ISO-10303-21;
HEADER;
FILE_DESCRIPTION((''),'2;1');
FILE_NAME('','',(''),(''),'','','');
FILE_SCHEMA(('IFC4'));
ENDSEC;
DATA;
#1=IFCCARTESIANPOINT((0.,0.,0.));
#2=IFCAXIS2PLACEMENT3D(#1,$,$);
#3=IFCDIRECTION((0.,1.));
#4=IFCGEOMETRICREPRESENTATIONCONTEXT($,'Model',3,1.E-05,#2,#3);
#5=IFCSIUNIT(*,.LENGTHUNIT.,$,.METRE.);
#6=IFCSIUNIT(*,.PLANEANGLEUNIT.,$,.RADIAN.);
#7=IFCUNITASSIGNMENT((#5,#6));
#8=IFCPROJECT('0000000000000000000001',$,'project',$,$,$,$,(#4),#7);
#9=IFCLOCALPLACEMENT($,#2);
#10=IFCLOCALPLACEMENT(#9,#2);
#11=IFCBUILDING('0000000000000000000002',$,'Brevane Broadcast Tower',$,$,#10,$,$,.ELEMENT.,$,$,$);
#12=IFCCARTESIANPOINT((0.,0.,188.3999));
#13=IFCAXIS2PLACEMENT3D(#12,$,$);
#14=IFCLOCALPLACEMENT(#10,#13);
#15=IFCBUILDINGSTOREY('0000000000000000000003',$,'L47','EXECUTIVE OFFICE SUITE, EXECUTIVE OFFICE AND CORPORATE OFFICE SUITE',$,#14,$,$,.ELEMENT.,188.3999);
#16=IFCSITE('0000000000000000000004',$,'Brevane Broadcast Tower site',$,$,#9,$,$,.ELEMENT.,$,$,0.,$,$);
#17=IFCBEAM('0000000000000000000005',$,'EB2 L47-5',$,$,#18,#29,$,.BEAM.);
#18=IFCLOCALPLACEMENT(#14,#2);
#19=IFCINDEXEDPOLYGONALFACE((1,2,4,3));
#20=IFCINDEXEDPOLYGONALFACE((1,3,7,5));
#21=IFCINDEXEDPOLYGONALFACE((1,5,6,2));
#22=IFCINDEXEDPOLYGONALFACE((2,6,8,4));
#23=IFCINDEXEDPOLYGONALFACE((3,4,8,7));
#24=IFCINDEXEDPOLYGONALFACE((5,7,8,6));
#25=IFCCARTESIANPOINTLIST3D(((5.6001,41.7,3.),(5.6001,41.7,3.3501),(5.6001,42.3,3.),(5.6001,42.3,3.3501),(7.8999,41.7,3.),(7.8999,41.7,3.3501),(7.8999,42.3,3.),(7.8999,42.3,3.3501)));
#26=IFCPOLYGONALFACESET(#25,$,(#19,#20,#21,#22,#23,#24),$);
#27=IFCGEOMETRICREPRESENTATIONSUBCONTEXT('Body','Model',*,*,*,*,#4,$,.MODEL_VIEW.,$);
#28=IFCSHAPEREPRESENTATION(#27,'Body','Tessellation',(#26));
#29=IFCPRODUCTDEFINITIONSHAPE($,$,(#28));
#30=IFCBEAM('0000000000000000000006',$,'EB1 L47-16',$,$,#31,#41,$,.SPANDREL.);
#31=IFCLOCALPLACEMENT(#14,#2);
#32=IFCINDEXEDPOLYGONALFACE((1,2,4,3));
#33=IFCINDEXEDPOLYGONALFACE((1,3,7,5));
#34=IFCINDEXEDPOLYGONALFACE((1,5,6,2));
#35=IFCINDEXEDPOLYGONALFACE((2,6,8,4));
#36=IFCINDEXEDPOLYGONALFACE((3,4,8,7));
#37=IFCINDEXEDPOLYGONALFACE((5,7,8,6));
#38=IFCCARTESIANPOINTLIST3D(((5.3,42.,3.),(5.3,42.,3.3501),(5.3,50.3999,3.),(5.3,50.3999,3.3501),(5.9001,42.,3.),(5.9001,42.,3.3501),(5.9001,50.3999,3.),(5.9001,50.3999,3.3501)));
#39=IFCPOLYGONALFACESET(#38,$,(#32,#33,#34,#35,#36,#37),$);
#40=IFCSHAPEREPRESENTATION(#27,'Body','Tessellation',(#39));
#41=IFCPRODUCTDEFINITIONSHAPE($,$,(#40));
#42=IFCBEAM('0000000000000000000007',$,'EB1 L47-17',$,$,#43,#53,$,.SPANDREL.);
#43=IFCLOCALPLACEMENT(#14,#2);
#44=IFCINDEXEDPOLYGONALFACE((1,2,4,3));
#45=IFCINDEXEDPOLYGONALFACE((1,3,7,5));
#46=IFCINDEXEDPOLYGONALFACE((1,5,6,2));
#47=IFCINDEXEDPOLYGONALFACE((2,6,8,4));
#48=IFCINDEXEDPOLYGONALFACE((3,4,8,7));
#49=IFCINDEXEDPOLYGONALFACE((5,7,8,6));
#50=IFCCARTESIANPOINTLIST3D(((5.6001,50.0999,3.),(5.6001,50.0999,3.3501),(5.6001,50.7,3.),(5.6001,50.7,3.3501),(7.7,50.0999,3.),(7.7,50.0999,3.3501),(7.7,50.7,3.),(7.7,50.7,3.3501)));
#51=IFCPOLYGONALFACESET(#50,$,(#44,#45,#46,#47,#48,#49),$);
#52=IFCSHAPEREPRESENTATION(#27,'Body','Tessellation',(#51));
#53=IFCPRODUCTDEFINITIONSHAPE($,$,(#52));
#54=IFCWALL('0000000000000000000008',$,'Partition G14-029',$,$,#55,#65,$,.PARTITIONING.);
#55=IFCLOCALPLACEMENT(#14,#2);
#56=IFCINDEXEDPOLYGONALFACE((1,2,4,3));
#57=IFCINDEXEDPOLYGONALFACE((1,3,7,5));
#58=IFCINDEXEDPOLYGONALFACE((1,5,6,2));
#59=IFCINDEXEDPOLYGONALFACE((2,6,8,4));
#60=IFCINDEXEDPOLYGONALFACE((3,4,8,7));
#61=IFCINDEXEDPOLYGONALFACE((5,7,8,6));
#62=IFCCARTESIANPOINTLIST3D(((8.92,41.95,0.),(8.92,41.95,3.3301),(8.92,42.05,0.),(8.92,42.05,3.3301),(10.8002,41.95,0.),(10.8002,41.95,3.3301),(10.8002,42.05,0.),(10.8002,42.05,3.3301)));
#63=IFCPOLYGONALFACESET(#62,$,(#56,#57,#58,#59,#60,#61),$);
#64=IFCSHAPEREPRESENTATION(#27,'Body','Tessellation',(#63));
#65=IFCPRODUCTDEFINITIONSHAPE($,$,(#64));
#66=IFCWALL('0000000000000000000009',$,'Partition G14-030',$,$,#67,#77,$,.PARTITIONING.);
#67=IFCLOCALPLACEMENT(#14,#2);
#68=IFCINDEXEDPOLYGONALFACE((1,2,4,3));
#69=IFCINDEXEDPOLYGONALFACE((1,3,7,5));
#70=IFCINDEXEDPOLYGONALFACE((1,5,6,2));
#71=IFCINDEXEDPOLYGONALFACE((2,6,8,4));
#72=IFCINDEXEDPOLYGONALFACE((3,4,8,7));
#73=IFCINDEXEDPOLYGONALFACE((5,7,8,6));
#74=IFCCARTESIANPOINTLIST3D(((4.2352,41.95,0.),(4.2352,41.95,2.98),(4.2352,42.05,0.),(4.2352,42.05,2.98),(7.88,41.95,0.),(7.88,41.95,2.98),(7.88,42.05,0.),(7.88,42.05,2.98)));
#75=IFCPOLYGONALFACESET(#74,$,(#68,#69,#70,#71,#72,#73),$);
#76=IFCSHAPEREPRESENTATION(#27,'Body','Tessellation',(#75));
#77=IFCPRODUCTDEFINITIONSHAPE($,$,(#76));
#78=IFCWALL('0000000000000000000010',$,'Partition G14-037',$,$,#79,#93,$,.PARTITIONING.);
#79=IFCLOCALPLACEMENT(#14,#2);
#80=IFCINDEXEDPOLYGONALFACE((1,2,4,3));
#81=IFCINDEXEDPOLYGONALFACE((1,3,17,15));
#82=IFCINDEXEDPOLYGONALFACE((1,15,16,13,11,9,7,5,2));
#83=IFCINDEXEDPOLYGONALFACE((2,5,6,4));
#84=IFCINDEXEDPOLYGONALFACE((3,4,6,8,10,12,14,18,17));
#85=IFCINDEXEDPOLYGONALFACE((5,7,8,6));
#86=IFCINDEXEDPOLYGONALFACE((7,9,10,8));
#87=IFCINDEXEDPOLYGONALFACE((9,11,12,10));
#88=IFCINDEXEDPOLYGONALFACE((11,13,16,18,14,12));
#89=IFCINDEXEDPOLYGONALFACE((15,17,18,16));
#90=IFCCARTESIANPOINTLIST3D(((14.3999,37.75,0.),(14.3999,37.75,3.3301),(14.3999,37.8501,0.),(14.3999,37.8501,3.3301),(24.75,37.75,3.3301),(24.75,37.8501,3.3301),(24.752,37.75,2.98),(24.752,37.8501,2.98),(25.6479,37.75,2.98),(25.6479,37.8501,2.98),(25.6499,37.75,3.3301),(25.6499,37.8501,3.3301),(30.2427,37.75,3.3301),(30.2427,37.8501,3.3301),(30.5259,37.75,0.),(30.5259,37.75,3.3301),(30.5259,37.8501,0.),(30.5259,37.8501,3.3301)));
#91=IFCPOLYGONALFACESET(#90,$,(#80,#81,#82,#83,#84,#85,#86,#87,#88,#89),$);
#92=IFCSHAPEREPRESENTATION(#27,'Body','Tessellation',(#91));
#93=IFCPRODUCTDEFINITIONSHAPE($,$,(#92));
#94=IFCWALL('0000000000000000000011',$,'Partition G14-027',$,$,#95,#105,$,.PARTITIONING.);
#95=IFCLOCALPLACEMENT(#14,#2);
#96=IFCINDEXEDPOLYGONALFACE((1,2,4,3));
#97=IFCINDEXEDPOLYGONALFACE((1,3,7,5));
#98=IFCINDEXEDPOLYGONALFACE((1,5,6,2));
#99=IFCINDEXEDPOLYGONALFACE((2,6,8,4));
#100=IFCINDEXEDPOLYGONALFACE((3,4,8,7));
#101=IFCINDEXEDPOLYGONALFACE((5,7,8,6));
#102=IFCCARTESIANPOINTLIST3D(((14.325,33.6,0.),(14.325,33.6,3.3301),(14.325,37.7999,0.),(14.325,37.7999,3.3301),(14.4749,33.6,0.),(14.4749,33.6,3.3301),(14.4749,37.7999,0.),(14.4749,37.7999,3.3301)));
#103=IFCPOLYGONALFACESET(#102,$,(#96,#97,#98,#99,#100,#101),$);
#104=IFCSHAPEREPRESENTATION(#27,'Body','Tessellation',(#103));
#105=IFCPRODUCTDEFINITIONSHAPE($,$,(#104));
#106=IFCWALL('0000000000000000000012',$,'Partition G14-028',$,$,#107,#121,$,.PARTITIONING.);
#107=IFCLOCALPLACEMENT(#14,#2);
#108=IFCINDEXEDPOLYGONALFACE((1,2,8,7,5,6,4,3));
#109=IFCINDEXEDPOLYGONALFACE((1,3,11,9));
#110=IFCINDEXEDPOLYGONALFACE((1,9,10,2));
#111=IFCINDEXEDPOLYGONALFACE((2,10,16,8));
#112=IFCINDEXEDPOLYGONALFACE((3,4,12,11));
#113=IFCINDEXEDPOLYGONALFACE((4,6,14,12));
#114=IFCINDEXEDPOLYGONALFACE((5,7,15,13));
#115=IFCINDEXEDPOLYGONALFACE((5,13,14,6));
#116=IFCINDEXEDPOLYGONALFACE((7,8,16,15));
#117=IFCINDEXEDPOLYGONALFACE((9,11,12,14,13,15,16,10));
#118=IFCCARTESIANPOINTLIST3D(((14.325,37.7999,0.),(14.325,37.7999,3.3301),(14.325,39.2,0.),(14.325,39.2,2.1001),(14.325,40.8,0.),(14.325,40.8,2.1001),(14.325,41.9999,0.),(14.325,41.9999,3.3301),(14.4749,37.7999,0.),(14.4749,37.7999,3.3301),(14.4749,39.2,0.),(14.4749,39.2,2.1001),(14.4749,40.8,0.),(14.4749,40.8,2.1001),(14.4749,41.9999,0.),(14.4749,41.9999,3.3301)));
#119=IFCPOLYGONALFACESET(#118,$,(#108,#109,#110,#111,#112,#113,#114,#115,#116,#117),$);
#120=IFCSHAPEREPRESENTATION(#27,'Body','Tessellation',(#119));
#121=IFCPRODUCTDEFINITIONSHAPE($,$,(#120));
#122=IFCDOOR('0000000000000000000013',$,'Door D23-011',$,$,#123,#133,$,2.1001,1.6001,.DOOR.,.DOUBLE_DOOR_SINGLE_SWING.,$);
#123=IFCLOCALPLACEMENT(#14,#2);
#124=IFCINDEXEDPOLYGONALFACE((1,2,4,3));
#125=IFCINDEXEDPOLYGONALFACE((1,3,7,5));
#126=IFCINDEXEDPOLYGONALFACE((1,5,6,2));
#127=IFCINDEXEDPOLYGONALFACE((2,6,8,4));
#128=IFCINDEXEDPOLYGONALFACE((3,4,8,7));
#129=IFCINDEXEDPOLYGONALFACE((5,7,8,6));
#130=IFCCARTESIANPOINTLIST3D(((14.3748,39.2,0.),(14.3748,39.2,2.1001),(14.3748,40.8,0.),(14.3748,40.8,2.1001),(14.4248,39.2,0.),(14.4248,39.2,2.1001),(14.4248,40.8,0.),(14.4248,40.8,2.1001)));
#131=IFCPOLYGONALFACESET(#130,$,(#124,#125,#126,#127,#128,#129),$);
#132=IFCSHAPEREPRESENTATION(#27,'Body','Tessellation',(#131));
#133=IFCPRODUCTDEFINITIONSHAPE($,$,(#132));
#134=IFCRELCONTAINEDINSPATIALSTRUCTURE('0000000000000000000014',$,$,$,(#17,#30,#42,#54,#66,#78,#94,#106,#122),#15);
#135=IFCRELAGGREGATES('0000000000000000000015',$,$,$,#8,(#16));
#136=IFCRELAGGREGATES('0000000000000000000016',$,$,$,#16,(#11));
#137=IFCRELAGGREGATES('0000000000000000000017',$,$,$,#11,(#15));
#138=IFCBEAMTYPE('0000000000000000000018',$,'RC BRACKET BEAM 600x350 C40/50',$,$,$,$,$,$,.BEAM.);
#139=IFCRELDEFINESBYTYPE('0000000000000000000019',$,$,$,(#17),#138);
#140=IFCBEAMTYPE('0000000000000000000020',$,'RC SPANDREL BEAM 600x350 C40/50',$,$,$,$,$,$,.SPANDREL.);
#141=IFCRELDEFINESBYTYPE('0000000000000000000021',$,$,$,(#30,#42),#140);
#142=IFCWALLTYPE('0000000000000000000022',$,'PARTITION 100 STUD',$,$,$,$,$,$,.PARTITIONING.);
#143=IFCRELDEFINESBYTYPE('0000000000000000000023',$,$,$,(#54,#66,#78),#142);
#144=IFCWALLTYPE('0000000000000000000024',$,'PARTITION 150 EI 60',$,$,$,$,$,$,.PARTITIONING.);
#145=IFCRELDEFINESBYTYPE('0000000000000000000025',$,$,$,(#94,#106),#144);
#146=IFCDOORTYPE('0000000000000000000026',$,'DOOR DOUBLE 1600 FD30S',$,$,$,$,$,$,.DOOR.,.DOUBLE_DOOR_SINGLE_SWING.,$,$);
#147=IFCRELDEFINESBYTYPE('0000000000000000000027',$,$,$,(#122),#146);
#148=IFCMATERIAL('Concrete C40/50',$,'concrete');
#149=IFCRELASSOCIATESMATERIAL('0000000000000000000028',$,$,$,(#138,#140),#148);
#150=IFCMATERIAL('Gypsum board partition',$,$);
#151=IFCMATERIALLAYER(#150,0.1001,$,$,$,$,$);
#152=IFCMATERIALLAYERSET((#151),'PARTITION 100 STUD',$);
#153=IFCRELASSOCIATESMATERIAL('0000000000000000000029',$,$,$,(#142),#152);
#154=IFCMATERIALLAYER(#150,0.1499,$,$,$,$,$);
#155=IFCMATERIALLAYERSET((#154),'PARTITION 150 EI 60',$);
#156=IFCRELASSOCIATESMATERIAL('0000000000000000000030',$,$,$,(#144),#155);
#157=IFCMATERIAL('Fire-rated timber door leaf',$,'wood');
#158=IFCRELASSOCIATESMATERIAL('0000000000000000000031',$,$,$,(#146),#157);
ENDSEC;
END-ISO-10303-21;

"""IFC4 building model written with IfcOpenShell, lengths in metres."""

from ifc_helpers import new_model, si_unit, direction, frame, frame_2d, origin, origin_2d, place, context, subcontext, project, spatial, polyline, rectangle, outline, extrude, material, layer, layer_set, material_profile, profile_set, type_object, element, fill, save


model = new_model("IFC4")

# Units and contexts
model_context = context("Model", 3, precision=1e-05, world=origin(), true_north=direction((0.0, 1.0)))
body_context = subcontext(model_context, "Body", "Model", "MODEL_VIEW")
ifc_project = project(units=[si_unit("LENGTHUNIT", "METRE"), si_unit("PLANEANGLEUNIT", "RADIAN")], contexts=[model_context])

# Site, building, storey
site_placement = place(None, origin())
site = spatial("IfcSite", under=ifc_project, at=site_placement, Name="Brevane Broadcast Tower site", CompositionType="ELEMENT", RefElevation=0.0)
building_placement = place(site_placement, origin())
building = spatial("IfcBuilding", under=site, at=building_placement, Name="Brevane Broadcast Tower", CompositionType="ELEMENT")
storey_placement = place(building_placement, frame((0.0, 0.0, 188.3999)))
storey = spatial("IfcBuildingStorey", under=building, at=storey_placement, Name="L47", Description="EXECUTIVE OFFICE SUITE, EXECUTIVE OFFICE AND CORPORATE OFFICE SUITE", CompositionType="ELEMENT", Elevation=188.3999)

# Beams
ifc_material_1 = material(Name="Concrete C40/50", Category="concrete")
ifc_material_profile_1 = material_profile(ifc_material_1, rectangle(XDim=0.6001, YDim=0.3501, at=origin_2d()), Name="RC 600x350")
ifc_profile_set_1 = profile_set([ifc_material_profile_1], Name="Concrete C40/50")
beam_type_1 = type_object("IfcBeamType", Name="RC BRACKET BEAM 600x350 C40/50", PredefinedType="BEAM", material=ifc_profile_set_1)
beam_1_placement = place(storey_placement, frame((7.8999, 42.0, 3.175), z_axis=(-1.0, 0.0, 0.0), x_axis=(0.0, -1.0, 0.0)))
element("IfcBeam", 1, at=beam_1_placement, inside=storey, type_object=beam_type_1, Name="EB2 L47-5", PredefinedType="BEAM", context=body_context, shape_type="SweptSolid", body=[
    extrude(rectangle(XDim=0.6001, YDim=0.3501, at=origin_2d()), origin(), (0.0, 0.0, 1.0), 2.2998),
])
ifc_material_profile_2 = material_profile(ifc_material_1, rectangle(XDim=0.6001, YDim=0.3501, at=origin_2d()), Name="RC 600x350")
ifc_profile_set_2 = profile_set([ifc_material_profile_2], Name="Concrete C40/50")
beam_type_2 = type_object("IfcBeamType", Name="RC SPANDREL BEAM 600x350 C40/50", PredefinedType="SPANDREL", material=ifc_profile_set_2)
beam_2_placement = place(storey_placement, frame((5.6001, 42.0, 3.175), z_axis=(0.0, 1.0, 0.0), x_axis=(-1.0, 0.0, 0.0)))
element("IfcBeam", 2, at=beam_2_placement, inside=storey, type_object=beam_type_2, Name="EB1 L47-16", PredefinedType="SPANDREL", context=body_context, shape_type="SweptSolid", body=[
    extrude(rectangle(XDim=0.6001, YDim=0.3501, at=origin_2d()), origin(), (0.0, 0.0, 1.0), 8.3999),
])
beam_3_placement = place(storey_placement, frame((5.6001, 50.3999, 3.175), z_axis=(1.0, 0.0, 0.0), x_axis=(0.0, 1.0, 0.0)))
element("IfcBeam", 3, at=beam_3_placement, inside=storey, type_object=beam_type_2, Name="EB1 L47-17", PredefinedType="SPANDREL", context=body_context, shape_type="SweptSolid", body=[
    extrude(rectangle(XDim=0.6001, YDim=0.3501, at=origin_2d()), origin(), (0.0, 0.0, 1.0), 2.0999),
])

# Walls
ifc_material_2 = material(Name="Gypsum board partition")
ifc_layer_1 = layer(ifc_material_2, 0.1001)
ifc_layer_set_1 = layer_set([ifc_layer_1], Name="PARTITION 100 STUD")
wall_type_1 = type_object("IfcWallType", Name="PARTITION 100 STUD", PredefinedType="PARTITIONING", material=ifc_layer_set_1)
wall_1_placement = place(storey_placement, frame((10.8, 42.0, 0.0), z_axis=(0.0, 0.0, 1.0), x_axis=(-1.0, 0.0, 0.0)))
element("IfcWall", 4, at=wall_1_placement, inside=storey, type_object=wall_type_1, Name="Partition G14-029", PredefinedType="PARTITIONING", context=body_context, shape_type="SweptSolid", body=[
    extrude(rectangle(XDim=1.8801, YDim=0.1001, at=frame_2d((0.9399, 0.0))), origin(), (0.0, 0.0, 1.0), 3.3301),
])
wall_2_placement = place(storey_placement, frame((7.8799, 42.0, 0.0), z_axis=(0.0, 0.0, 1.0), x_axis=(-1.0, 0.0, 0.0)))
element("IfcWall", 5, at=wall_2_placement, inside=storey, type_object=wall_type_1, Name="Partition G14-030", PredefinedType="PARTITIONING", context=body_context, shape_type="SweptSolid", body=[
    extrude(rectangle(XDim=3.6448, YDim=0.1001, at=frame_2d((1.8223, 0.0))), origin(), (0.0, 0.0, 1.0), 2.98),
])
wall_3_placement = place(storey_placement, frame((14.3999, 37.8, 0.0), z_axis=(0.0, 0.0, 1.0), x_axis=(1.0, 0.0, 0.0)))
element("IfcWall", 6, at=wall_3_placement, inside=storey, type_object=wall_type_1, Name="Partition G14-037", PredefinedType="PARTITIONING", context=body_context, shape_type="SweptSolid", body=[
    extrude(outline(polyline([(0.0, 0.0), (16.126, 0.0), (16.126, 3.3301), (15.8428, 3.3301), (11.25, 3.3301), (11.248, 2.98), (10.3521, 2.98), (10.3501, 3.3301), (0.0, 3.3301), (0.0, 0.0)])), frame((0.0, 0.05, 0.0), z_axis=(0.0, -1.0, 0.0), x_axis=(1.0, 0.0, 0.0)), (0.0, 0.0, 1.0), 0.1001),
])

# Shared definitions
ifc_layer_2 = layer(ifc_material_2, 0.1499)
ifc_layer_set_2 = layer_set([ifc_layer_2], Name="PARTITION 150 EI 60")
wall_type_2 = type_object("IfcWallType", Name="PARTITION 150 EI 60", PredefinedType="PARTITIONING", material=ifc_layer_set_2)
ifc_material_3 = material(Name="Fire-rated timber door leaf", Category="wood")

# Wall
wall_4_placement = place(storey_placement, frame((14.3999, 37.8, 0.0), z_axis=(0.0, 0.0, 1.0), x_axis=(0.0, -1.0, 0.0)))
element("IfcWall", 7, at=wall_4_placement, inside=storey, type_object=wall_type_2, Name="Partition G14-027", PredefinedType="PARTITIONING", context=body_context, shape_type="SweptSolid", body=[
    extrude(rectangle(XDim=4.2, YDim=0.1499, at=frame_2d((2.1001, 0.0))), origin(), (0.0, 0.0, 1.0), 3.3301),
])

# Wall, opening, door
wall_5_placement = place(storey_placement, frame((14.3999, 42.0, 0.0), z_axis=(0.0, 0.0, 1.0), x_axis=(0.0, -1.0, 0.0)))
wall_5 = element("IfcWall", 8, at=wall_5_placement, inside=storey, type_object=wall_type_2, Name="Partition G14-028", PredefinedType="PARTITIONING", context=body_context, shape_type="SweptSolid", body=[
    extrude(rectangle(XDim=4.2, YDim=0.1499, at=frame_2d((2.1001, 0.0))), origin(), (0.0, 0.0, 1.0), 3.3301),
])
opening_1_placement = place(wall_5_placement, frame((1.2, 0.0, 0.0)))
opening_1 = element("IfcOpeningElement", 9, at=opening_1_placement, cuts=wall_5, PredefinedType="OPENING", context=body_context, shape_type="SweptSolid", body=[
    extrude(rectangle(XDim=1.6001, YDim=2.1001, at=frame_2d((0.8, 1.05))), frame((0.0, 0.085, 0.0), z_axis=(0.0, -1.0, 0.0), x_axis=(1.0, 0.0, 0.0)), (0.0, 0.0, 1.0), 0.1699),
])
door_type_1 = type_object("IfcDoorType", Name="DOOR DOUBLE 1600 FD30S", OperationType="DOUBLE_DOOR_SINGLE_SWING", PredefinedType="DOOR", material=ifc_material_3)
door_1_placement = place(opening_1_placement, origin())
door_1 = element("IfcDoor", 10, at=door_1_placement, inside=storey, type_object=door_type_1, Name="Door D23-011", OperationType="DOUBLE_DOOR_SINGLE_SWING", OverallHeight=2.1001, OverallWidth=1.6001, PredefinedType="DOOR", context=body_context, shape_type="SweptSolid", body=[
    extrude(rectangle(XDim=1.6001, YDim=2.1001, at=frame_2d((0.8, 1.05))), frame((0.0, 0.0249, 0.0), z_axis=(0.0, -1.0, 0.0), x_axis=(1.0, 0.0, 0.0)), (0.0, 0.0, 1.0), 0.05),
])
fill(opening_1, door_1)

save(model, "model.ifc")
